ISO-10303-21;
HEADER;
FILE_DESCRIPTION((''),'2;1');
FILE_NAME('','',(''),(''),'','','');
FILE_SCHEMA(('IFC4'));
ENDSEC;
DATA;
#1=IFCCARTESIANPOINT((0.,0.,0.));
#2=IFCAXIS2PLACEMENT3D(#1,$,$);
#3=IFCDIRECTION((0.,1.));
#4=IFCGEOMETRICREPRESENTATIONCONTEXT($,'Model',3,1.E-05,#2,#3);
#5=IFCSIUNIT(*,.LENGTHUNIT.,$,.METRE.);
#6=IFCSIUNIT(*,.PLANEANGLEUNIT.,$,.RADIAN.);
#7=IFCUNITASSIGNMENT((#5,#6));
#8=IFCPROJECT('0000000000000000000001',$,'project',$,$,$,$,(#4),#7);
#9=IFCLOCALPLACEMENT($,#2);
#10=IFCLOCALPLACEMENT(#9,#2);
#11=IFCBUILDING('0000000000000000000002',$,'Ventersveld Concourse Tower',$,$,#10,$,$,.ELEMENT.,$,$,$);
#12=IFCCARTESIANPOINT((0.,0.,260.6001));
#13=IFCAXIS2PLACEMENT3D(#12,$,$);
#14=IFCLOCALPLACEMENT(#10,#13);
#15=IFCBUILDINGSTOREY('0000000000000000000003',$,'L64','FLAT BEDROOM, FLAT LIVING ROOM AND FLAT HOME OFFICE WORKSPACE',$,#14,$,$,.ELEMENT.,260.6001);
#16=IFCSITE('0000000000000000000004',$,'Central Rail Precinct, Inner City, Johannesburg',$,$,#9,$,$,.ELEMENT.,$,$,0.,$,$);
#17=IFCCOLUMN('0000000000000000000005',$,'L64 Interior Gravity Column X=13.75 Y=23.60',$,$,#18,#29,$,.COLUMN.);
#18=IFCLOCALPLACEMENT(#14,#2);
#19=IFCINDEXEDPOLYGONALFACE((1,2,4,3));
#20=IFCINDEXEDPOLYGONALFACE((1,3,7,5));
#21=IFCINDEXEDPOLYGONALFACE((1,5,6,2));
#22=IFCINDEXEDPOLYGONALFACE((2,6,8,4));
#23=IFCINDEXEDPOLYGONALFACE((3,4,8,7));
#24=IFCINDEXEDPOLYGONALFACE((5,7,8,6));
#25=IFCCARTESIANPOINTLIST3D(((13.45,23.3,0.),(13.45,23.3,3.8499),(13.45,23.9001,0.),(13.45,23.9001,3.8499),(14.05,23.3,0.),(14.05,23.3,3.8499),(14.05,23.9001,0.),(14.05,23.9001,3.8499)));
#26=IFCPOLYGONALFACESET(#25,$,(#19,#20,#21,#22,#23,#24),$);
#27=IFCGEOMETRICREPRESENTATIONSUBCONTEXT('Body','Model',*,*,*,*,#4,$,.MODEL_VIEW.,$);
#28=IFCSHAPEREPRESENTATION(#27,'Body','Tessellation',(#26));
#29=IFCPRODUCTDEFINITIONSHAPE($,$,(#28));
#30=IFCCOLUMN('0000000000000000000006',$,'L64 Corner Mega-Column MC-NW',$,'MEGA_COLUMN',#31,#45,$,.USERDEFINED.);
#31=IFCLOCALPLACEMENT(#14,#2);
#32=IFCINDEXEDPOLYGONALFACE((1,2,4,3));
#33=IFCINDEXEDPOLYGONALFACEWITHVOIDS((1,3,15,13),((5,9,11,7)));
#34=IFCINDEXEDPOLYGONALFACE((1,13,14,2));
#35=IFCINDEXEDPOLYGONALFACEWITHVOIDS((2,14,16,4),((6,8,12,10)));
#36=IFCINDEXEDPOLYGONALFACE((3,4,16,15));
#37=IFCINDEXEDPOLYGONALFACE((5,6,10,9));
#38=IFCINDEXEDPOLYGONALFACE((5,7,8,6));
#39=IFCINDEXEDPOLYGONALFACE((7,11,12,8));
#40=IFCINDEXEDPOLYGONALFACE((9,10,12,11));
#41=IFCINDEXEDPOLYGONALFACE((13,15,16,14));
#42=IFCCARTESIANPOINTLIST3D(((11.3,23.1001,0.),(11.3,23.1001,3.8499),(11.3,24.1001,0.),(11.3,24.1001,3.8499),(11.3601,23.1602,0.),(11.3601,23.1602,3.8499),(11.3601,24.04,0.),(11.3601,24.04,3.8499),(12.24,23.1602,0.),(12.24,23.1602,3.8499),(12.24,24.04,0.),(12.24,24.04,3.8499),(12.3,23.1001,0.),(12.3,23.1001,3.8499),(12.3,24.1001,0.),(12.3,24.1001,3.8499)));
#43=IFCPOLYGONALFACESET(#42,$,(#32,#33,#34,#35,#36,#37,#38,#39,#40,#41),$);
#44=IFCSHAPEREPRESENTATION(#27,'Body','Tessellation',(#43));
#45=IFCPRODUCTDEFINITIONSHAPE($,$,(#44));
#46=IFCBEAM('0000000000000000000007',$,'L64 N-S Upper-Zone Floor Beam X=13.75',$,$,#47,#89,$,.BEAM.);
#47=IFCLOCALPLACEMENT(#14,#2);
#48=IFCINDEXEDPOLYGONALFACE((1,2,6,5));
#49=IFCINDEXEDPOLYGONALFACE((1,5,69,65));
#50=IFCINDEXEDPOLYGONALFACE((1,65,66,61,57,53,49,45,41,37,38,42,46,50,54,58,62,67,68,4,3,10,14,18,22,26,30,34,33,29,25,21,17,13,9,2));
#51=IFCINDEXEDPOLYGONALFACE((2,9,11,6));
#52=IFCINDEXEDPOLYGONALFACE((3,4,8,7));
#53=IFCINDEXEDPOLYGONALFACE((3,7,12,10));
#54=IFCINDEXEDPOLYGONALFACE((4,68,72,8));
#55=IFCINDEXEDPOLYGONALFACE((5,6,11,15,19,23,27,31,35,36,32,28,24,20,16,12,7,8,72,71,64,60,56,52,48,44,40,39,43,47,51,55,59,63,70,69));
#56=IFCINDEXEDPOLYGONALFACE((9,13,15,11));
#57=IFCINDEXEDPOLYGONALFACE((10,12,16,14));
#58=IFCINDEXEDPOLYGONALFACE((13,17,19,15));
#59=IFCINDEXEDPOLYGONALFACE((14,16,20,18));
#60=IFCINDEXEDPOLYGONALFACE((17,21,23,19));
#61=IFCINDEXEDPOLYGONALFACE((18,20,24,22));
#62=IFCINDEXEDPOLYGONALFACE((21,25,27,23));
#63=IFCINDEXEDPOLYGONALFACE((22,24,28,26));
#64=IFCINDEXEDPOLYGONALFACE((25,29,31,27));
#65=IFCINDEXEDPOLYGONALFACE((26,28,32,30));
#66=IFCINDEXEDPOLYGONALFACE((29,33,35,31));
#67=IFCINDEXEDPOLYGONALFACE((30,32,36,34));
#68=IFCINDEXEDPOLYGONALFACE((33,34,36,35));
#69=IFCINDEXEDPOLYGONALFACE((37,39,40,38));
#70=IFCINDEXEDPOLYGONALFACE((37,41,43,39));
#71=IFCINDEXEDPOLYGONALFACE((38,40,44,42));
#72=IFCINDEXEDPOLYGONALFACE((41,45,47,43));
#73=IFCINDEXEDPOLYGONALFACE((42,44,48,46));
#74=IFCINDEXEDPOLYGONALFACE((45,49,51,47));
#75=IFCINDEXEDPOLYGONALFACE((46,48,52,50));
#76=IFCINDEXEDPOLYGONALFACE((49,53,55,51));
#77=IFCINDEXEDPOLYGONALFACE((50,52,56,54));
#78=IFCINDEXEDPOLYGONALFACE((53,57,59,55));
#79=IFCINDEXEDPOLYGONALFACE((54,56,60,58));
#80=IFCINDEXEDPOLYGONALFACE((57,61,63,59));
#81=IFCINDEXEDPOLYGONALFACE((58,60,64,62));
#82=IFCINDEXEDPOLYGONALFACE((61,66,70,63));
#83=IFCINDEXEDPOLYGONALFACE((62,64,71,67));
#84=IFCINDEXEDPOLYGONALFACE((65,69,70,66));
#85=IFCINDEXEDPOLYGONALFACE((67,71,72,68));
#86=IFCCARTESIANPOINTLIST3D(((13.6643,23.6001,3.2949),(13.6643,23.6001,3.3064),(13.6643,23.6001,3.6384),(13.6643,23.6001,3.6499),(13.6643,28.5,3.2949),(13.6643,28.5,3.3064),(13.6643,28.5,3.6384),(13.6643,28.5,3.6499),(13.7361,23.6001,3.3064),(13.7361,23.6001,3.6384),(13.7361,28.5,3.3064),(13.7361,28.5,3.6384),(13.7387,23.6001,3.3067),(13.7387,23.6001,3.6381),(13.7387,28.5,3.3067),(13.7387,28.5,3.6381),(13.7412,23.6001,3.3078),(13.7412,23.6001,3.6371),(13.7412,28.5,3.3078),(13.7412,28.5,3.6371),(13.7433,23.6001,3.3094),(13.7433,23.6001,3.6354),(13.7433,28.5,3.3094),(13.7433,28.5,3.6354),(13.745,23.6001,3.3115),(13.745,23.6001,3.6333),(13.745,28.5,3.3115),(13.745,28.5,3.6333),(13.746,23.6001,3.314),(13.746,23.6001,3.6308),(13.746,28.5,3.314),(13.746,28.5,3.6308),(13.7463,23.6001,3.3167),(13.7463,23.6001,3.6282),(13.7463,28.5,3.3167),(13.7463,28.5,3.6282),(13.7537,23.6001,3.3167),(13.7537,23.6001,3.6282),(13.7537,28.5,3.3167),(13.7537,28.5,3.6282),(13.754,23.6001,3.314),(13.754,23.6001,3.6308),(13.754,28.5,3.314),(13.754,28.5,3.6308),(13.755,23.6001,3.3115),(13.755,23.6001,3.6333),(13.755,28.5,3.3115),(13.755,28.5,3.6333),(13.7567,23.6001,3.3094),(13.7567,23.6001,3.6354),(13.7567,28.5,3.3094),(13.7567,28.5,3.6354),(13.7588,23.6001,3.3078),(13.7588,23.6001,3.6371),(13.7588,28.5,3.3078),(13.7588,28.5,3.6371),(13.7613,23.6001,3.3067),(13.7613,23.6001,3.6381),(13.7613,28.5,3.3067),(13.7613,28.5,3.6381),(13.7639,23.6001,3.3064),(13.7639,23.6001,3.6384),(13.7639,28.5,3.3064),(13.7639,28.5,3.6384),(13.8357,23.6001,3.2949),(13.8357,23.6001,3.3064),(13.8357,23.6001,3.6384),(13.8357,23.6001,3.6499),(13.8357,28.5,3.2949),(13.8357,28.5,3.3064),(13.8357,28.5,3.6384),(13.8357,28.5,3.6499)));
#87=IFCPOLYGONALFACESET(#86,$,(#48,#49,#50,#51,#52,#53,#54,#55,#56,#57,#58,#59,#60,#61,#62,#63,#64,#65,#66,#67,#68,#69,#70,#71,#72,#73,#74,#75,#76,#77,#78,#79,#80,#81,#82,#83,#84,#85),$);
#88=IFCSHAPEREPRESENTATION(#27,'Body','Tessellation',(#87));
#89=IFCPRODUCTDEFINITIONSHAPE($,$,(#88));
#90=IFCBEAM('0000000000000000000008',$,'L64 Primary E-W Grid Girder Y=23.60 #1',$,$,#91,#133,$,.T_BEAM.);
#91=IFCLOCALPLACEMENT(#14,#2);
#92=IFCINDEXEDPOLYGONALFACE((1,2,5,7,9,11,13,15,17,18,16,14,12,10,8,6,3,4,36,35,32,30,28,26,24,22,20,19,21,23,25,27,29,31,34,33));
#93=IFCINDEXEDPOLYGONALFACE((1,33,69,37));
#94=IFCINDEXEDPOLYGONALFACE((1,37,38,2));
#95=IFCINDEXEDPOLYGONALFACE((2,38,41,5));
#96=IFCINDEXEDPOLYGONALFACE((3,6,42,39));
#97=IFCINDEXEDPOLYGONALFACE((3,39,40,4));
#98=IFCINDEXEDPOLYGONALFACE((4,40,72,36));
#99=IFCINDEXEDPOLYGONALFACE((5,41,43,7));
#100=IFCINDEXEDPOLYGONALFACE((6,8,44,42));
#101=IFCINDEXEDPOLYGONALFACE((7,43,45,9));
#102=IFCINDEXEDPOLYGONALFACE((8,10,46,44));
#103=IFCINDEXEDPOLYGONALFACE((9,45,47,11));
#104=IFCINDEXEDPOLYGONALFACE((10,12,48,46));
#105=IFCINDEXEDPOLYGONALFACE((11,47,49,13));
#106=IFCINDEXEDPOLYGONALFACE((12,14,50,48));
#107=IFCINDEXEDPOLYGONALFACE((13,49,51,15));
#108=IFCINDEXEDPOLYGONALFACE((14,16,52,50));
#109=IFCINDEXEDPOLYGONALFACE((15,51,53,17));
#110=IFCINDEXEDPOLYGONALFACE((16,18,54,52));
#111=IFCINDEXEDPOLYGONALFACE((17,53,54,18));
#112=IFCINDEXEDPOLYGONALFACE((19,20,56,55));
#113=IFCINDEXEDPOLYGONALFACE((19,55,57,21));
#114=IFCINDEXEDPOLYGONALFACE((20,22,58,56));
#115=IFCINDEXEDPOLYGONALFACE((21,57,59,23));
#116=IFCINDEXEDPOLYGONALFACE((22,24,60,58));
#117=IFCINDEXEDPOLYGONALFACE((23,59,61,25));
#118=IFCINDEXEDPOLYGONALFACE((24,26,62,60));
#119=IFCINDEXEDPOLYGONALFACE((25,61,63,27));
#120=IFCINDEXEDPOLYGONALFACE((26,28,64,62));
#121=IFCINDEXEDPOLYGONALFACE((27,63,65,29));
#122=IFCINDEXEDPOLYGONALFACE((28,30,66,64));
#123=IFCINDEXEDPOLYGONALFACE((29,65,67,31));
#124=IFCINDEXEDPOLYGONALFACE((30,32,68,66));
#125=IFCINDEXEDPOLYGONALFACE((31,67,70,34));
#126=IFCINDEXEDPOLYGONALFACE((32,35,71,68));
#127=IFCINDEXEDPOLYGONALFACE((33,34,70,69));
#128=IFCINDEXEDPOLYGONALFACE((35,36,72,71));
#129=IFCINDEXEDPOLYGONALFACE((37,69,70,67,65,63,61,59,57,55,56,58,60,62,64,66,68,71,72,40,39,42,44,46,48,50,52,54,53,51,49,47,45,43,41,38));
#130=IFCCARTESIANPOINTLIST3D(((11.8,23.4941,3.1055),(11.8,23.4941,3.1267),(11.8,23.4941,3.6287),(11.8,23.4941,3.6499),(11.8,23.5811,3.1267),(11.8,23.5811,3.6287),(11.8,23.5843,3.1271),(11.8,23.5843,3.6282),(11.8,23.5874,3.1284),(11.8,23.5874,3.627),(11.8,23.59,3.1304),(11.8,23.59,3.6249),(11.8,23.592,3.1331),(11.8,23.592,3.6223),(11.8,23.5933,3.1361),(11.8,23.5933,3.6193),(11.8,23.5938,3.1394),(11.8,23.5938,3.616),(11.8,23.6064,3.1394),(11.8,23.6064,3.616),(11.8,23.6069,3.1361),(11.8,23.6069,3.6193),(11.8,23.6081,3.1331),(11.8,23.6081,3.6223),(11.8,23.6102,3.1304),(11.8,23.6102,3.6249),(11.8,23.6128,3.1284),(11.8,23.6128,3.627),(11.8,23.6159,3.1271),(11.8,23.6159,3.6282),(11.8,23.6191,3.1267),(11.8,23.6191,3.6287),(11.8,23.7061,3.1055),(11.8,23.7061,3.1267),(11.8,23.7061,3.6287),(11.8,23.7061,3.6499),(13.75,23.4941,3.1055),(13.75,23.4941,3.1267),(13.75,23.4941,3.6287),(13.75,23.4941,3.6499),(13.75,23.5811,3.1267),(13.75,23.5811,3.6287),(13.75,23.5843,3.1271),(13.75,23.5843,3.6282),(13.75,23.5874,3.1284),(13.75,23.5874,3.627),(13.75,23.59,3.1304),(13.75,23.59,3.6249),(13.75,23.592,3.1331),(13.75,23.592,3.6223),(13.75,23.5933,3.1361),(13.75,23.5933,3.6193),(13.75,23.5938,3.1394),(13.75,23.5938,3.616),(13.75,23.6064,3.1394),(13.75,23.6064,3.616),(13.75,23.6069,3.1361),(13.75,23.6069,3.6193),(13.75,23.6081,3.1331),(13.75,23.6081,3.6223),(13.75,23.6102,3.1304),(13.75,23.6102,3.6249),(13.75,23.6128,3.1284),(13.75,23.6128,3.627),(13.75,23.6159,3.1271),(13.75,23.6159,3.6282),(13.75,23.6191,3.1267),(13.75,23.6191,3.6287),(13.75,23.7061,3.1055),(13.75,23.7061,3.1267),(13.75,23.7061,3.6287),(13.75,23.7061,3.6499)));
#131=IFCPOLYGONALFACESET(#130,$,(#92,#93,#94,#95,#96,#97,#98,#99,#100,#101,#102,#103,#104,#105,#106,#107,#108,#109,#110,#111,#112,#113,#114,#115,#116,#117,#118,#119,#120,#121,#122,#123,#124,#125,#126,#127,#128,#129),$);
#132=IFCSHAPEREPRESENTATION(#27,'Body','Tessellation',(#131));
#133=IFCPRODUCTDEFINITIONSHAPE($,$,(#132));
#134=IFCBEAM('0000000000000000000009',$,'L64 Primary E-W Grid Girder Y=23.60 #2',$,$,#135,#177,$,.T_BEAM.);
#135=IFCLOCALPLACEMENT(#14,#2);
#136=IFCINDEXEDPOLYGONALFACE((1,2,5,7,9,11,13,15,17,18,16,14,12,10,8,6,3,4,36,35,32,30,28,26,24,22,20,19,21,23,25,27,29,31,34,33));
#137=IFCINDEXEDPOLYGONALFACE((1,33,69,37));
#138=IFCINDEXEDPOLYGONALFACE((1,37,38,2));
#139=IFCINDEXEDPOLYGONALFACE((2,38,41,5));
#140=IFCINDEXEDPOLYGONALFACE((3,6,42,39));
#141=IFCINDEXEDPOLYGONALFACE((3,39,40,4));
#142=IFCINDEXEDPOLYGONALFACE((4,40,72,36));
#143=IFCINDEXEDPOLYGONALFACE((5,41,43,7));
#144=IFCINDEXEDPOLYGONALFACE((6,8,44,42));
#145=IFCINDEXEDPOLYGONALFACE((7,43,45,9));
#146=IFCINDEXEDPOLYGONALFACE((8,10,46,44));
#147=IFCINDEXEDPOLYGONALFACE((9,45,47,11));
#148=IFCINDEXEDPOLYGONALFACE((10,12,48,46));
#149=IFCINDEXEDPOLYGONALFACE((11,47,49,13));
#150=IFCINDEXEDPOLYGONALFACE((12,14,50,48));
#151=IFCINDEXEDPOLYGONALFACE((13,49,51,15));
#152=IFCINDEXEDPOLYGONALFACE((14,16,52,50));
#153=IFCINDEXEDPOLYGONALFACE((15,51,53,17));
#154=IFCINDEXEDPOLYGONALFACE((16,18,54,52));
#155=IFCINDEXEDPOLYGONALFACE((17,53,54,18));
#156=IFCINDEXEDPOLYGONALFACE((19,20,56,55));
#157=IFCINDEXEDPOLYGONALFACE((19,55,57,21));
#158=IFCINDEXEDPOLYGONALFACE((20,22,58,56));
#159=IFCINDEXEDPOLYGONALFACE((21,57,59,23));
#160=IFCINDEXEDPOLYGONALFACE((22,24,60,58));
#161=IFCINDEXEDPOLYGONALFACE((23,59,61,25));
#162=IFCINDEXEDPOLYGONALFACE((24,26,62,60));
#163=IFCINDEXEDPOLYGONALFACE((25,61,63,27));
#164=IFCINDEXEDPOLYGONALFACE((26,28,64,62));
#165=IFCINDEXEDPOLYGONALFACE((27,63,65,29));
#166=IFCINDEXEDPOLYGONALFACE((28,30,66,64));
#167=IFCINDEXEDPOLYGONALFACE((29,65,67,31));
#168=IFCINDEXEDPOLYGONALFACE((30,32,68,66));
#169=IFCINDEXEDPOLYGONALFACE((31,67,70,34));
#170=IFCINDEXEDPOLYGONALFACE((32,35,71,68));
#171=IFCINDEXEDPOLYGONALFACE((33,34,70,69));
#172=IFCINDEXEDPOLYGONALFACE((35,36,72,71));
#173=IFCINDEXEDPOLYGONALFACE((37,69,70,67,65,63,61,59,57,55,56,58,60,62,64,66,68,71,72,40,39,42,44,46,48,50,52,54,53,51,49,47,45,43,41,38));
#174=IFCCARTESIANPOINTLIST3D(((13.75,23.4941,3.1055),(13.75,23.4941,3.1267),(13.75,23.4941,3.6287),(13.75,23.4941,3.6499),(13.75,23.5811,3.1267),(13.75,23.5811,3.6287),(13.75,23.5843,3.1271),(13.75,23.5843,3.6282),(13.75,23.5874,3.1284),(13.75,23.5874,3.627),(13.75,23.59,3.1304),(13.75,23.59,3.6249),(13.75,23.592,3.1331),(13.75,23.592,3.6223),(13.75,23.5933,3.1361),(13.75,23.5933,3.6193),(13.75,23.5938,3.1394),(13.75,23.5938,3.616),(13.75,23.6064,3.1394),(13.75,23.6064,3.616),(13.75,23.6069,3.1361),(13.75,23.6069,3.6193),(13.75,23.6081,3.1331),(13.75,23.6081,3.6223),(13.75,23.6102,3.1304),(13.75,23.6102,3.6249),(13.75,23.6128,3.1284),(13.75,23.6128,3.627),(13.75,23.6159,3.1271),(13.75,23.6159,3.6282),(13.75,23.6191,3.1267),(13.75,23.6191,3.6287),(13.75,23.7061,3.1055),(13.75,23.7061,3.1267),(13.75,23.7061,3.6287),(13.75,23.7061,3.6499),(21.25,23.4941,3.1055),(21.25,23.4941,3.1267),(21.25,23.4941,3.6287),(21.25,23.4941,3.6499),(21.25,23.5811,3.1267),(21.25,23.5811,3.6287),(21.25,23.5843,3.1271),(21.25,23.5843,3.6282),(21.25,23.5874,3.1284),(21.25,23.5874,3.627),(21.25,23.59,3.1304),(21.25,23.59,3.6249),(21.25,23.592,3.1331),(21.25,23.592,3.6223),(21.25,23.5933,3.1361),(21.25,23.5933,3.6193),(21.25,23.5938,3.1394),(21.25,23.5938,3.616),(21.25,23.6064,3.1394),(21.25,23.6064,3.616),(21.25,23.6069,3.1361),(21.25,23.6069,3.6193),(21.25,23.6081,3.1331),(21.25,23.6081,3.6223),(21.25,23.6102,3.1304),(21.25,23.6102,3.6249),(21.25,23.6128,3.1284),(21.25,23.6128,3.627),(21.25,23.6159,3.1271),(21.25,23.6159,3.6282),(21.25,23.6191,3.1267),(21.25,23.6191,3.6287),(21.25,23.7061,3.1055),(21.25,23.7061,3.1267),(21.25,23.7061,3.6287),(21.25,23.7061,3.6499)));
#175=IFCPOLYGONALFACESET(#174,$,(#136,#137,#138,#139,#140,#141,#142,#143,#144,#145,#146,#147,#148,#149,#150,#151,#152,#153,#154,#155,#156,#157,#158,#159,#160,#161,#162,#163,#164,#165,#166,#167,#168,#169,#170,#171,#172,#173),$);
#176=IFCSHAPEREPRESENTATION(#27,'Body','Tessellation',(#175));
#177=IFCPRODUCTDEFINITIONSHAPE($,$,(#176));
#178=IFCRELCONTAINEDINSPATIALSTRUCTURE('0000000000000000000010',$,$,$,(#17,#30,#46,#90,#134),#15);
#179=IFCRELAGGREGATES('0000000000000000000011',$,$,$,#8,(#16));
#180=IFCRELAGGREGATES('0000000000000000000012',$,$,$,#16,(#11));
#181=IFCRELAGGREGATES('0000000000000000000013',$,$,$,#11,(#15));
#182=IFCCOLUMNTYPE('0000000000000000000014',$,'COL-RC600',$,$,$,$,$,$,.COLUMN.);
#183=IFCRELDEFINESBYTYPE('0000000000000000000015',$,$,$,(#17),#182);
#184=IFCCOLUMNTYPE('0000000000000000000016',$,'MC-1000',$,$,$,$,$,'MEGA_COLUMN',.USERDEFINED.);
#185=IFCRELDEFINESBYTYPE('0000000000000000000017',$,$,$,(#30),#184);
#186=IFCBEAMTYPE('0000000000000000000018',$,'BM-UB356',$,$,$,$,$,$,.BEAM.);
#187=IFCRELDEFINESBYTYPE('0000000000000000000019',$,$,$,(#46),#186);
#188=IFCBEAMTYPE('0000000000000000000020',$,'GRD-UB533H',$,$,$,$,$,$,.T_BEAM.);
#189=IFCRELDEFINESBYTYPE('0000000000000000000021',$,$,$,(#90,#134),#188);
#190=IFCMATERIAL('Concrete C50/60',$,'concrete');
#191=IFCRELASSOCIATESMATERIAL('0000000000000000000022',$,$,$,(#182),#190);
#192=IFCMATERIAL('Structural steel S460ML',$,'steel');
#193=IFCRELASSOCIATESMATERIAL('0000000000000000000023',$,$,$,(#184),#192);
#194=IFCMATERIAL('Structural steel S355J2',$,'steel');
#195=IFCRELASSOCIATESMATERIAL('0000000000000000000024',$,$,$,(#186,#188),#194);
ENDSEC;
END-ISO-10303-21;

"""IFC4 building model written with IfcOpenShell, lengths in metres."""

from ifc_helpers import new_model, si_unit, direction, frame, origin, origin_2d, place, context, subcontext, project, spatial, rectangle, hollow_rectangle, i_section, extrude, material, material_profile, profile_set, type_object, element, save


model = new_model("IFC4")

# Units and contexts
model_context = context("Model", 3, precision=1e-05, world=origin(), true_north=direction((0.0, 1.0)))
body_context = subcontext(model_context, "Body", "Model", "MODEL_VIEW")
ifc_project = project(units=[si_unit("LENGTHUNIT", "METRE"), si_unit("PLANEANGLEUNIT", "RADIAN")], contexts=[model_context])

# Site, building, storey
site_placement = place(None, origin())
site = spatial("IfcSite", under=ifc_project, at=site_placement, Name="Central Rail Precinct, Inner City, Johannesburg", CompositionType="ELEMENT", RefElevation=0.0)
building_placement = place(site_placement, origin())
building = spatial("IfcBuilding", under=site, at=building_placement, Name="Ventersveld Concourse Tower", CompositionType="ELEMENT")
storey_placement = place(building_placement, frame((0.0, 0.0, 260.6001)))
storey = spatial("IfcBuildingStorey", under=building, at=storey_placement, Name="L64", Description="FLAT BEDROOM, FLAT LIVING ROOM AND FLAT HOME OFFICE WORKSPACE", CompositionType="ELEMENT", Elevation=260.6001)

# Columns
ifc_material_1 = material(Name="Concrete C50/60", Category="concrete")
ifc_material_profile_1 = material_profile(ifc_material_1, rectangle(XDim=0.6001, YDim=0.6001, at=origin_2d()), Name="RC 600x600")
ifc_profile_set_1 = profile_set([ifc_material_profile_1], Name="Concrete C50/60")
column_type_1 = type_object("IfcColumnType", Name="COL-RC600", PredefinedType="COLUMN", material=ifc_profile_set_1)
column_1_placement = place(storey_placement, frame((13.75, 23.6001, 0.0), z_axis=(0.0, 0.0, 1.0), x_axis=(1.0, 0.0, 0.0)))
element("IfcColumn", 1, at=column_1_placement, inside=storey, type_object=column_type_1, Name="L64 Interior Gravity Column X=13.75 Y=23.60", PredefinedType="COLUMN", context=body_context, shape_type="SweptSolid", body=[
    extrude(rectangle(XDim=0.6001, YDim=0.6001, at=origin_2d()), origin(), (0.0, 0.0, 1.0), 3.8499),
])
ifc_material_2 = material(Name="Structural steel S460ML", Category="steel")
ifc_material_profile_2 = material_profile(ifc_material_2, hollow_rectangle(XDim=1.0, YDim=1.0, WallThickness=0.0601, at=origin_2d()), Name="BOX 1000x1000x60")
ifc_profile_set_2 = profile_set([ifc_material_profile_2], Name="Structural steel S460ML")
column_type_2 = type_object("IfcColumnType", Name="MC-1000", ElementType="MEGA_COLUMN", PredefinedType="USERDEFINED", material=ifc_profile_set_2)
column_2_placement = place(storey_placement, frame((11.8, 23.6001, 0.0), z_axis=(0.0, 0.0, 1.0), x_axis=(1.0, 0.0, 0.0)))
element("IfcColumn", 2, at=column_2_placement, inside=storey, type_object=column_type_2, Name="L64 Corner Mega-Column MC-NW", ObjectType="MEGA_COLUMN", PredefinedType="USERDEFINED", context=body_context, shape_type="SweptSolid", body=[
    extrude(hollow_rectangle(XDim=1.0, YDim=1.0, WallThickness=0.0601, at=origin_2d()), origin(), (0.0, 0.0, 1.0), 3.8499),
])

# Beams
ifc_material_3 = material(Name="Structural steel S355J2", Category="steel")
ifc_material_profile_3 = material_profile(ifc_material_3, i_section(OverallWidth=0.1714, OverallDepth=0.355, WebThickness=0.0073, FlangeThickness=0.0115, FilletRadius=0.0103, at=origin_2d()), Name="UB 356x171x51")
ifc_profile_set_3 = profile_set([ifc_material_profile_3], Name="Structural steel S355J2")
beam_type_1 = type_object("IfcBeamType", Name="BM-UB356", PredefinedType="BEAM", material=ifc_profile_set_3)
beam_1_placement = place(storey_placement, frame((13.75, 23.6001, 3.4724), z_axis=(0.0, 1.0, 0.0), x_axis=(-1.0, 0.0, 0.0)))
element("IfcBeam", 3, at=beam_1_placement, inside=storey, type_object=beam_type_1, Name="L64 N-S Upper-Zone Floor Beam X=13.75", PredefinedType="BEAM", context=body_context, shape_type="SweptSolid", body=[
    extrude(i_section(OverallWidth=0.1714, OverallDepth=0.355, WebThickness=0.0073, FlangeThickness=0.0115, FilletRadius=0.0103, at=origin_2d()), origin(), (0.0, 0.0, 1.0), 4.8999),
])
ifc_material_profile_4 = material_profile(ifc_material_3, i_section(OverallWidth=0.2119, OverallDepth=0.5444, WebThickness=0.0127, FlangeThickness=0.0212, FilletRadius=0.0127, at=origin_2d()), Name="UB 533x210x122")
ifc_profile_set_4 = profile_set([ifc_material_profile_4], Name="Structural steel S355J2")
beam_type_2 = type_object("IfcBeamType", Name="GRD-UB533H", PredefinedType="T_BEAM", material=ifc_profile_set_4)
beam_2_placement = place(storey_placement, frame((11.8, 23.6001, 3.3777), z_axis=(1.0, 0.0, 0.0), x_axis=(0.0, 1.0, 0.0)))
element("IfcBeam", 4, at=beam_2_placement, inside=storey, type_object=beam_type_2, Name="L64 Primary E-W Grid Girder Y=23.60 #1", PredefinedType="T_BEAM", context=body_context, shape_type="SweptSolid", body=[
    extrude(i_section(OverallWidth=0.2119, OverallDepth=0.5444, WebThickness=0.0127, FlangeThickness=0.0212, FilletRadius=0.0127, at=origin_2d()), origin(), (0.0, 0.0, 1.0), 1.95),
])
beam_3_placement = place(storey_placement, frame((13.75, 23.6001, 3.3777), z_axis=(1.0, 0.0, 0.0), x_axis=(0.0, 1.0, 0.0)))
element("IfcBeam", 5, at=beam_3_placement, inside=storey, type_object=beam_type_2, Name="L64 Primary E-W Grid Girder Y=23.60 #2", PredefinedType="T_BEAM", context=body_context, shape_type="SweptSolid", body=[
    extrude(i_section(OverallWidth=0.2119, OverallDepth=0.5444, WebThickness=0.0127, FlangeThickness=0.0212, FilletRadius=0.0127, at=origin_2d()), origin(), (0.0, 0.0, 1.0), 7.5),
])

save(model, "model.ifc")
